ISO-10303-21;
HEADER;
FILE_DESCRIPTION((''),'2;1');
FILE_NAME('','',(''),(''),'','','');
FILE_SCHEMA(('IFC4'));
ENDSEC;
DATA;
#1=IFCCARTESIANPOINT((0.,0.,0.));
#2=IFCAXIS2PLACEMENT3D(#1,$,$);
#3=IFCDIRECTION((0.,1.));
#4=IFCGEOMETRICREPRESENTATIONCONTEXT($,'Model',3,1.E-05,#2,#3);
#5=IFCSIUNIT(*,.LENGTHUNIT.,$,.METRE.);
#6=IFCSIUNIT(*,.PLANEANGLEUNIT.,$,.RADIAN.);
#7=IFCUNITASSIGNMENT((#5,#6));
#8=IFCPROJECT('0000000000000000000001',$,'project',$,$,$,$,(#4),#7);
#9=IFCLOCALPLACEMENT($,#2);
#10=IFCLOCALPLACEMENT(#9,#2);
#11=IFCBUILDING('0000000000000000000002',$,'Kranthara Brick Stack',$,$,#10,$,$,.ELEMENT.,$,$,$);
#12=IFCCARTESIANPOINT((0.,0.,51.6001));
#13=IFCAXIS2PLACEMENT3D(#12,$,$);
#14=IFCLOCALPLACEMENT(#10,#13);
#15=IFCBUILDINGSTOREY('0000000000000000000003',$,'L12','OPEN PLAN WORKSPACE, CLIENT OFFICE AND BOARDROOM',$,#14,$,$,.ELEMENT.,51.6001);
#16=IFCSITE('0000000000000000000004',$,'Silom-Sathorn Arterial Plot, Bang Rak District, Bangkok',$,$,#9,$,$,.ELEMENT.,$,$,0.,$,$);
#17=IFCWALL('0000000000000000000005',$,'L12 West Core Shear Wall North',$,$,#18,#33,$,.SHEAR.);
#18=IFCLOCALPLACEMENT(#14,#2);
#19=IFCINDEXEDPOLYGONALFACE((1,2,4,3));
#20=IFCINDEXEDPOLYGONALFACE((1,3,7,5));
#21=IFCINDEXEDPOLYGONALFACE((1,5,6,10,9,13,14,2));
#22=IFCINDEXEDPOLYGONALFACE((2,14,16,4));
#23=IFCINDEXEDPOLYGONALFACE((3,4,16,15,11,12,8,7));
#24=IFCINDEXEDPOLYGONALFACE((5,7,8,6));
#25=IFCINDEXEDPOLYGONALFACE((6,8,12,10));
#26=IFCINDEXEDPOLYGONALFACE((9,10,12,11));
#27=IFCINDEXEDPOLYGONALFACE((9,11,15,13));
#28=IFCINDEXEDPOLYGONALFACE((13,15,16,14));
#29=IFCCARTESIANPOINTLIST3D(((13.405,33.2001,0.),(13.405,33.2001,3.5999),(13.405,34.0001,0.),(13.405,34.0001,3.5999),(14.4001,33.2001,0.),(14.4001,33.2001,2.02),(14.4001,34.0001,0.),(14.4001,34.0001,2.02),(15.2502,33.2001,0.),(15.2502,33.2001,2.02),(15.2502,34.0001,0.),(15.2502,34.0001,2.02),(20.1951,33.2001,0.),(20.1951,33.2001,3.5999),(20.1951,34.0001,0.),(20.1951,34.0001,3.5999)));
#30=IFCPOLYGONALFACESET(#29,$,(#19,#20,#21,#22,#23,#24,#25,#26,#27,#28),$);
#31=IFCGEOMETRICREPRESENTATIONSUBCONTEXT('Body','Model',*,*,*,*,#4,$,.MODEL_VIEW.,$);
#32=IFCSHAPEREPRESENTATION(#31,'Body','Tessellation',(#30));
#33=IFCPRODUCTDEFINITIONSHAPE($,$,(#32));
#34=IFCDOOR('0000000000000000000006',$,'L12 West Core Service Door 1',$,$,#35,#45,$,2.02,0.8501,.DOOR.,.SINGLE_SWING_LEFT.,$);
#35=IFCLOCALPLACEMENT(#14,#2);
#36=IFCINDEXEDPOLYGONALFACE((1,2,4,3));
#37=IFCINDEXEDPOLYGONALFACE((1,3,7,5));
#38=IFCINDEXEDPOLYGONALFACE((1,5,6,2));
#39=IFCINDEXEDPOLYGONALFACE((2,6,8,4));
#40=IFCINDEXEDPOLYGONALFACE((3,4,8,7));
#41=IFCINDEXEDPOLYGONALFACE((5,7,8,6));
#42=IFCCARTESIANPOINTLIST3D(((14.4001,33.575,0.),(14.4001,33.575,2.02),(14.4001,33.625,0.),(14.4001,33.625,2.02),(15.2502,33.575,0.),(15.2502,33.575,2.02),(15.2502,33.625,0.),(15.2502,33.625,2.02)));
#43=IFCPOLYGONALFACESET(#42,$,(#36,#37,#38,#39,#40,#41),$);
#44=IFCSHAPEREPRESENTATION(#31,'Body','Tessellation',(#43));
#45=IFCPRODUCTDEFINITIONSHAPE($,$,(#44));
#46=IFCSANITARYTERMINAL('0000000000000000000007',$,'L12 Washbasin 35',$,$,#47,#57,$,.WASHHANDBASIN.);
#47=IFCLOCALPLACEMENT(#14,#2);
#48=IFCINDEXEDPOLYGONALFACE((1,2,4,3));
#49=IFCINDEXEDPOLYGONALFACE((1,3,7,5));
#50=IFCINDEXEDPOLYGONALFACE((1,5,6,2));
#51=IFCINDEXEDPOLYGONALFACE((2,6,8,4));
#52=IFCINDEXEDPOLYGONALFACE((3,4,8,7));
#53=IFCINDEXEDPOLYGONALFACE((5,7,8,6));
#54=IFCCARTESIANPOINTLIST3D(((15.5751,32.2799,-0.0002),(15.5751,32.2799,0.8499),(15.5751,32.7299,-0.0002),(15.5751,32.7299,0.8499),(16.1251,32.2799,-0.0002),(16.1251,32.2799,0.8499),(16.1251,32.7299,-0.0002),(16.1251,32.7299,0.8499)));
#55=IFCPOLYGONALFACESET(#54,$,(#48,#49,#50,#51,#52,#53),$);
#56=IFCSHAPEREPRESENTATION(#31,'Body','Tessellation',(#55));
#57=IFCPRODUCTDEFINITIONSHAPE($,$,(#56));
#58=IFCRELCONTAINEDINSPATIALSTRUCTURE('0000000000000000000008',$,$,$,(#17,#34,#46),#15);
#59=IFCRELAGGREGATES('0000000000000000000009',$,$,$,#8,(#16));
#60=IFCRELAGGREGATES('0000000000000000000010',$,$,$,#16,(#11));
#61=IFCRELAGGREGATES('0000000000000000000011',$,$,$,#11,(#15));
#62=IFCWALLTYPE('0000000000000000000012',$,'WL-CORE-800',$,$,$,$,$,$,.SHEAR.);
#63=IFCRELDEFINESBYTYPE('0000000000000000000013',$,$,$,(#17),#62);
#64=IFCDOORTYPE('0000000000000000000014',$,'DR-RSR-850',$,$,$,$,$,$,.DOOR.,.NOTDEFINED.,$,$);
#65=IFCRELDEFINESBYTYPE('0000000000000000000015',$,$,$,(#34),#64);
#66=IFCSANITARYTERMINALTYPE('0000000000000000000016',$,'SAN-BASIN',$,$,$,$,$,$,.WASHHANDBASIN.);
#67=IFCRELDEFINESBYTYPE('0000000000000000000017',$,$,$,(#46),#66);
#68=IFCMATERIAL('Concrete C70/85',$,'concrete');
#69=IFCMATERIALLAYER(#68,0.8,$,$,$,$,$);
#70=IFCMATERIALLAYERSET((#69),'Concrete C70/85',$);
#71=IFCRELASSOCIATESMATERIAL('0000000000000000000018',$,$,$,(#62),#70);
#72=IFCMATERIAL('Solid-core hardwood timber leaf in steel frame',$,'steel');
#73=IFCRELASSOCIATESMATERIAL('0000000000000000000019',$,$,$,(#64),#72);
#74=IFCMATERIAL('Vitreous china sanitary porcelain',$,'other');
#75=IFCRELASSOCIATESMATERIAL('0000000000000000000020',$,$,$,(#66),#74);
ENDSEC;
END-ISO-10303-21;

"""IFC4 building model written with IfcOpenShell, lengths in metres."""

from ifc_helpers import new_model, si_unit, direction, frame, frame_2d, origin, origin_2d, place, context, subcontext, project, spatial, rectangle, extrude, material, layer, layer_set, type_object, element, fill, save


model = new_model("IFC4")

# Units and contexts
model_context = context("Model", 3, precision=1e-05, world=origin(), true_north=direction((0.0, 1.0)))
body_context = subcontext(model_context, "Body", "Model", "MODEL_VIEW")
ifc_project = project(units=[si_unit("LENGTHUNIT", "METRE"), si_unit("PLANEANGLEUNIT", "RADIAN")], contexts=[model_context])

# Site, building, storey
site_placement = place(None, origin())
site = spatial("IfcSite", under=ifc_project, at=site_placement, Name="Silom-Sathorn Arterial Plot, Bang Rak District, Bangkok", CompositionType="ELEMENT", RefElevation=0.0)
building_placement = place(site_placement, origin())
building = spatial("IfcBuilding", under=site, at=building_placement, Name="Kranthara Brick Stack", CompositionType="ELEMENT")
storey_placement = place(building_placement, frame((0.0, 0.0, 51.6001)))
storey = spatial("IfcBuildingStorey", under=building, at=storey_placement, Name="L12", Description="OPEN PLAN WORKSPACE, CLIENT OFFICE AND BOARDROOM", CompositionType="ELEMENT", Elevation=51.6001)

# Wall, opening, door
ifc_material_1 = material(Name="Concrete C70/85", Category="concrete")
ifc_layer = layer(ifc_material_1, 0.8)
ifc_layer_set = layer_set([ifc_layer], Name="Concrete C70/85")
wall_type = type_object("IfcWallType", Name="WL-CORE-800", PredefinedType="SHEAR", material=ifc_layer_set)
wall_placement = place(storey_placement, frame((13.405, 33.6001, 0.0), z_axis=(0.0, 0.0, 1.0), x_axis=(1.0, 0.0, 0.0)))
wall = element("IfcWall", 1, at=wall_placement, inside=storey, type_object=wall_type, Name="L12 West Core Shear Wall North", PredefinedType="SHEAR", context=body_context, shape_type="SweptSolid", body=[
    extrude(rectangle(XDim=6.79, YDim=0.8, at=frame_2d((3.395, 0.0))), origin(), (0.0, 0.0, 1.0), 3.5999),
])
opening_placement = place(wall_placement, frame((0.9951, 0.0, 0.0)))
opening = element("IfcOpeningElement", 2, at=opening_placement, cuts=wall, PredefinedType="OPENING", context=body_context, shape_type="SweptSolid", body=[
    extrude(rectangle(XDim=0.8501, YDim=2.02, at=frame_2d((0.425, 1.01))), frame((0.0, 0.4099, 0.0), z_axis=(0.0, -1.0, 0.0), x_axis=(1.0, 0.0, 0.0)), (0.0, 0.0, 1.0), 0.8201),
])
ifc_material_2 = material(Name="Solid-core hardwood timber leaf in steel frame", Category="steel")
door_type = type_object("IfcDoorType", Name="DR-RSR-850", OperationType="NOTDEFINED", PredefinedType="DOOR", material=ifc_material_2)
door_placement = place(opening_placement, origin())
door = element("IfcDoor", 3, at=door_placement, inside=storey, type_object=door_type, Name="L12 West Core Service Door 1", OperationType="SINGLE_SWING_LEFT", OverallHeight=2.02, OverallWidth=0.8501, PredefinedType="DOOR", context=body_context, shape_type="SweptSolid", body=[
    extrude(rectangle(XDim=0.8501, YDim=2.02, at=frame_2d((0.425, 1.01))), frame((0.0, 0.0249, 0.0), z_axis=(0.0, -1.0, 0.0), x_axis=(1.0, 0.0, 0.0)), (0.0, 0.0, 1.0), 0.05),
])
fill(opening, door)

# Sanitary terminal
ifc_material_3 = material(Name="Vitreous china sanitary porcelain", Category="other")
sanitary_terminal_type = type_object("IfcSanitaryTerminalType", Name="SAN-BASIN", PredefinedType="WASHHANDBASIN", material=ifc_material_3)
sanitary_terminal_placement = place(storey_placement, frame((15.8501, 32.5049, -0.0002), z_axis=(0.0, 0.0, 1.0), x_axis=(1.0, 0.0, 0.0)))
element("IfcSanitaryTerminal", 4, at=sanitary_terminal_placement, inside=storey, type_object=sanitary_terminal_type, Name="L12 Washbasin 35", PredefinedType="WASHHANDBASIN", context=body_context, shape_type="SweptSolid", body=[
    extrude(rectangle(XDim=0.55, YDim=0.45, at=origin_2d()), origin(), (0.0, 0.0, 1.0), 0.8501),
])

save(model, "model.ifc")
